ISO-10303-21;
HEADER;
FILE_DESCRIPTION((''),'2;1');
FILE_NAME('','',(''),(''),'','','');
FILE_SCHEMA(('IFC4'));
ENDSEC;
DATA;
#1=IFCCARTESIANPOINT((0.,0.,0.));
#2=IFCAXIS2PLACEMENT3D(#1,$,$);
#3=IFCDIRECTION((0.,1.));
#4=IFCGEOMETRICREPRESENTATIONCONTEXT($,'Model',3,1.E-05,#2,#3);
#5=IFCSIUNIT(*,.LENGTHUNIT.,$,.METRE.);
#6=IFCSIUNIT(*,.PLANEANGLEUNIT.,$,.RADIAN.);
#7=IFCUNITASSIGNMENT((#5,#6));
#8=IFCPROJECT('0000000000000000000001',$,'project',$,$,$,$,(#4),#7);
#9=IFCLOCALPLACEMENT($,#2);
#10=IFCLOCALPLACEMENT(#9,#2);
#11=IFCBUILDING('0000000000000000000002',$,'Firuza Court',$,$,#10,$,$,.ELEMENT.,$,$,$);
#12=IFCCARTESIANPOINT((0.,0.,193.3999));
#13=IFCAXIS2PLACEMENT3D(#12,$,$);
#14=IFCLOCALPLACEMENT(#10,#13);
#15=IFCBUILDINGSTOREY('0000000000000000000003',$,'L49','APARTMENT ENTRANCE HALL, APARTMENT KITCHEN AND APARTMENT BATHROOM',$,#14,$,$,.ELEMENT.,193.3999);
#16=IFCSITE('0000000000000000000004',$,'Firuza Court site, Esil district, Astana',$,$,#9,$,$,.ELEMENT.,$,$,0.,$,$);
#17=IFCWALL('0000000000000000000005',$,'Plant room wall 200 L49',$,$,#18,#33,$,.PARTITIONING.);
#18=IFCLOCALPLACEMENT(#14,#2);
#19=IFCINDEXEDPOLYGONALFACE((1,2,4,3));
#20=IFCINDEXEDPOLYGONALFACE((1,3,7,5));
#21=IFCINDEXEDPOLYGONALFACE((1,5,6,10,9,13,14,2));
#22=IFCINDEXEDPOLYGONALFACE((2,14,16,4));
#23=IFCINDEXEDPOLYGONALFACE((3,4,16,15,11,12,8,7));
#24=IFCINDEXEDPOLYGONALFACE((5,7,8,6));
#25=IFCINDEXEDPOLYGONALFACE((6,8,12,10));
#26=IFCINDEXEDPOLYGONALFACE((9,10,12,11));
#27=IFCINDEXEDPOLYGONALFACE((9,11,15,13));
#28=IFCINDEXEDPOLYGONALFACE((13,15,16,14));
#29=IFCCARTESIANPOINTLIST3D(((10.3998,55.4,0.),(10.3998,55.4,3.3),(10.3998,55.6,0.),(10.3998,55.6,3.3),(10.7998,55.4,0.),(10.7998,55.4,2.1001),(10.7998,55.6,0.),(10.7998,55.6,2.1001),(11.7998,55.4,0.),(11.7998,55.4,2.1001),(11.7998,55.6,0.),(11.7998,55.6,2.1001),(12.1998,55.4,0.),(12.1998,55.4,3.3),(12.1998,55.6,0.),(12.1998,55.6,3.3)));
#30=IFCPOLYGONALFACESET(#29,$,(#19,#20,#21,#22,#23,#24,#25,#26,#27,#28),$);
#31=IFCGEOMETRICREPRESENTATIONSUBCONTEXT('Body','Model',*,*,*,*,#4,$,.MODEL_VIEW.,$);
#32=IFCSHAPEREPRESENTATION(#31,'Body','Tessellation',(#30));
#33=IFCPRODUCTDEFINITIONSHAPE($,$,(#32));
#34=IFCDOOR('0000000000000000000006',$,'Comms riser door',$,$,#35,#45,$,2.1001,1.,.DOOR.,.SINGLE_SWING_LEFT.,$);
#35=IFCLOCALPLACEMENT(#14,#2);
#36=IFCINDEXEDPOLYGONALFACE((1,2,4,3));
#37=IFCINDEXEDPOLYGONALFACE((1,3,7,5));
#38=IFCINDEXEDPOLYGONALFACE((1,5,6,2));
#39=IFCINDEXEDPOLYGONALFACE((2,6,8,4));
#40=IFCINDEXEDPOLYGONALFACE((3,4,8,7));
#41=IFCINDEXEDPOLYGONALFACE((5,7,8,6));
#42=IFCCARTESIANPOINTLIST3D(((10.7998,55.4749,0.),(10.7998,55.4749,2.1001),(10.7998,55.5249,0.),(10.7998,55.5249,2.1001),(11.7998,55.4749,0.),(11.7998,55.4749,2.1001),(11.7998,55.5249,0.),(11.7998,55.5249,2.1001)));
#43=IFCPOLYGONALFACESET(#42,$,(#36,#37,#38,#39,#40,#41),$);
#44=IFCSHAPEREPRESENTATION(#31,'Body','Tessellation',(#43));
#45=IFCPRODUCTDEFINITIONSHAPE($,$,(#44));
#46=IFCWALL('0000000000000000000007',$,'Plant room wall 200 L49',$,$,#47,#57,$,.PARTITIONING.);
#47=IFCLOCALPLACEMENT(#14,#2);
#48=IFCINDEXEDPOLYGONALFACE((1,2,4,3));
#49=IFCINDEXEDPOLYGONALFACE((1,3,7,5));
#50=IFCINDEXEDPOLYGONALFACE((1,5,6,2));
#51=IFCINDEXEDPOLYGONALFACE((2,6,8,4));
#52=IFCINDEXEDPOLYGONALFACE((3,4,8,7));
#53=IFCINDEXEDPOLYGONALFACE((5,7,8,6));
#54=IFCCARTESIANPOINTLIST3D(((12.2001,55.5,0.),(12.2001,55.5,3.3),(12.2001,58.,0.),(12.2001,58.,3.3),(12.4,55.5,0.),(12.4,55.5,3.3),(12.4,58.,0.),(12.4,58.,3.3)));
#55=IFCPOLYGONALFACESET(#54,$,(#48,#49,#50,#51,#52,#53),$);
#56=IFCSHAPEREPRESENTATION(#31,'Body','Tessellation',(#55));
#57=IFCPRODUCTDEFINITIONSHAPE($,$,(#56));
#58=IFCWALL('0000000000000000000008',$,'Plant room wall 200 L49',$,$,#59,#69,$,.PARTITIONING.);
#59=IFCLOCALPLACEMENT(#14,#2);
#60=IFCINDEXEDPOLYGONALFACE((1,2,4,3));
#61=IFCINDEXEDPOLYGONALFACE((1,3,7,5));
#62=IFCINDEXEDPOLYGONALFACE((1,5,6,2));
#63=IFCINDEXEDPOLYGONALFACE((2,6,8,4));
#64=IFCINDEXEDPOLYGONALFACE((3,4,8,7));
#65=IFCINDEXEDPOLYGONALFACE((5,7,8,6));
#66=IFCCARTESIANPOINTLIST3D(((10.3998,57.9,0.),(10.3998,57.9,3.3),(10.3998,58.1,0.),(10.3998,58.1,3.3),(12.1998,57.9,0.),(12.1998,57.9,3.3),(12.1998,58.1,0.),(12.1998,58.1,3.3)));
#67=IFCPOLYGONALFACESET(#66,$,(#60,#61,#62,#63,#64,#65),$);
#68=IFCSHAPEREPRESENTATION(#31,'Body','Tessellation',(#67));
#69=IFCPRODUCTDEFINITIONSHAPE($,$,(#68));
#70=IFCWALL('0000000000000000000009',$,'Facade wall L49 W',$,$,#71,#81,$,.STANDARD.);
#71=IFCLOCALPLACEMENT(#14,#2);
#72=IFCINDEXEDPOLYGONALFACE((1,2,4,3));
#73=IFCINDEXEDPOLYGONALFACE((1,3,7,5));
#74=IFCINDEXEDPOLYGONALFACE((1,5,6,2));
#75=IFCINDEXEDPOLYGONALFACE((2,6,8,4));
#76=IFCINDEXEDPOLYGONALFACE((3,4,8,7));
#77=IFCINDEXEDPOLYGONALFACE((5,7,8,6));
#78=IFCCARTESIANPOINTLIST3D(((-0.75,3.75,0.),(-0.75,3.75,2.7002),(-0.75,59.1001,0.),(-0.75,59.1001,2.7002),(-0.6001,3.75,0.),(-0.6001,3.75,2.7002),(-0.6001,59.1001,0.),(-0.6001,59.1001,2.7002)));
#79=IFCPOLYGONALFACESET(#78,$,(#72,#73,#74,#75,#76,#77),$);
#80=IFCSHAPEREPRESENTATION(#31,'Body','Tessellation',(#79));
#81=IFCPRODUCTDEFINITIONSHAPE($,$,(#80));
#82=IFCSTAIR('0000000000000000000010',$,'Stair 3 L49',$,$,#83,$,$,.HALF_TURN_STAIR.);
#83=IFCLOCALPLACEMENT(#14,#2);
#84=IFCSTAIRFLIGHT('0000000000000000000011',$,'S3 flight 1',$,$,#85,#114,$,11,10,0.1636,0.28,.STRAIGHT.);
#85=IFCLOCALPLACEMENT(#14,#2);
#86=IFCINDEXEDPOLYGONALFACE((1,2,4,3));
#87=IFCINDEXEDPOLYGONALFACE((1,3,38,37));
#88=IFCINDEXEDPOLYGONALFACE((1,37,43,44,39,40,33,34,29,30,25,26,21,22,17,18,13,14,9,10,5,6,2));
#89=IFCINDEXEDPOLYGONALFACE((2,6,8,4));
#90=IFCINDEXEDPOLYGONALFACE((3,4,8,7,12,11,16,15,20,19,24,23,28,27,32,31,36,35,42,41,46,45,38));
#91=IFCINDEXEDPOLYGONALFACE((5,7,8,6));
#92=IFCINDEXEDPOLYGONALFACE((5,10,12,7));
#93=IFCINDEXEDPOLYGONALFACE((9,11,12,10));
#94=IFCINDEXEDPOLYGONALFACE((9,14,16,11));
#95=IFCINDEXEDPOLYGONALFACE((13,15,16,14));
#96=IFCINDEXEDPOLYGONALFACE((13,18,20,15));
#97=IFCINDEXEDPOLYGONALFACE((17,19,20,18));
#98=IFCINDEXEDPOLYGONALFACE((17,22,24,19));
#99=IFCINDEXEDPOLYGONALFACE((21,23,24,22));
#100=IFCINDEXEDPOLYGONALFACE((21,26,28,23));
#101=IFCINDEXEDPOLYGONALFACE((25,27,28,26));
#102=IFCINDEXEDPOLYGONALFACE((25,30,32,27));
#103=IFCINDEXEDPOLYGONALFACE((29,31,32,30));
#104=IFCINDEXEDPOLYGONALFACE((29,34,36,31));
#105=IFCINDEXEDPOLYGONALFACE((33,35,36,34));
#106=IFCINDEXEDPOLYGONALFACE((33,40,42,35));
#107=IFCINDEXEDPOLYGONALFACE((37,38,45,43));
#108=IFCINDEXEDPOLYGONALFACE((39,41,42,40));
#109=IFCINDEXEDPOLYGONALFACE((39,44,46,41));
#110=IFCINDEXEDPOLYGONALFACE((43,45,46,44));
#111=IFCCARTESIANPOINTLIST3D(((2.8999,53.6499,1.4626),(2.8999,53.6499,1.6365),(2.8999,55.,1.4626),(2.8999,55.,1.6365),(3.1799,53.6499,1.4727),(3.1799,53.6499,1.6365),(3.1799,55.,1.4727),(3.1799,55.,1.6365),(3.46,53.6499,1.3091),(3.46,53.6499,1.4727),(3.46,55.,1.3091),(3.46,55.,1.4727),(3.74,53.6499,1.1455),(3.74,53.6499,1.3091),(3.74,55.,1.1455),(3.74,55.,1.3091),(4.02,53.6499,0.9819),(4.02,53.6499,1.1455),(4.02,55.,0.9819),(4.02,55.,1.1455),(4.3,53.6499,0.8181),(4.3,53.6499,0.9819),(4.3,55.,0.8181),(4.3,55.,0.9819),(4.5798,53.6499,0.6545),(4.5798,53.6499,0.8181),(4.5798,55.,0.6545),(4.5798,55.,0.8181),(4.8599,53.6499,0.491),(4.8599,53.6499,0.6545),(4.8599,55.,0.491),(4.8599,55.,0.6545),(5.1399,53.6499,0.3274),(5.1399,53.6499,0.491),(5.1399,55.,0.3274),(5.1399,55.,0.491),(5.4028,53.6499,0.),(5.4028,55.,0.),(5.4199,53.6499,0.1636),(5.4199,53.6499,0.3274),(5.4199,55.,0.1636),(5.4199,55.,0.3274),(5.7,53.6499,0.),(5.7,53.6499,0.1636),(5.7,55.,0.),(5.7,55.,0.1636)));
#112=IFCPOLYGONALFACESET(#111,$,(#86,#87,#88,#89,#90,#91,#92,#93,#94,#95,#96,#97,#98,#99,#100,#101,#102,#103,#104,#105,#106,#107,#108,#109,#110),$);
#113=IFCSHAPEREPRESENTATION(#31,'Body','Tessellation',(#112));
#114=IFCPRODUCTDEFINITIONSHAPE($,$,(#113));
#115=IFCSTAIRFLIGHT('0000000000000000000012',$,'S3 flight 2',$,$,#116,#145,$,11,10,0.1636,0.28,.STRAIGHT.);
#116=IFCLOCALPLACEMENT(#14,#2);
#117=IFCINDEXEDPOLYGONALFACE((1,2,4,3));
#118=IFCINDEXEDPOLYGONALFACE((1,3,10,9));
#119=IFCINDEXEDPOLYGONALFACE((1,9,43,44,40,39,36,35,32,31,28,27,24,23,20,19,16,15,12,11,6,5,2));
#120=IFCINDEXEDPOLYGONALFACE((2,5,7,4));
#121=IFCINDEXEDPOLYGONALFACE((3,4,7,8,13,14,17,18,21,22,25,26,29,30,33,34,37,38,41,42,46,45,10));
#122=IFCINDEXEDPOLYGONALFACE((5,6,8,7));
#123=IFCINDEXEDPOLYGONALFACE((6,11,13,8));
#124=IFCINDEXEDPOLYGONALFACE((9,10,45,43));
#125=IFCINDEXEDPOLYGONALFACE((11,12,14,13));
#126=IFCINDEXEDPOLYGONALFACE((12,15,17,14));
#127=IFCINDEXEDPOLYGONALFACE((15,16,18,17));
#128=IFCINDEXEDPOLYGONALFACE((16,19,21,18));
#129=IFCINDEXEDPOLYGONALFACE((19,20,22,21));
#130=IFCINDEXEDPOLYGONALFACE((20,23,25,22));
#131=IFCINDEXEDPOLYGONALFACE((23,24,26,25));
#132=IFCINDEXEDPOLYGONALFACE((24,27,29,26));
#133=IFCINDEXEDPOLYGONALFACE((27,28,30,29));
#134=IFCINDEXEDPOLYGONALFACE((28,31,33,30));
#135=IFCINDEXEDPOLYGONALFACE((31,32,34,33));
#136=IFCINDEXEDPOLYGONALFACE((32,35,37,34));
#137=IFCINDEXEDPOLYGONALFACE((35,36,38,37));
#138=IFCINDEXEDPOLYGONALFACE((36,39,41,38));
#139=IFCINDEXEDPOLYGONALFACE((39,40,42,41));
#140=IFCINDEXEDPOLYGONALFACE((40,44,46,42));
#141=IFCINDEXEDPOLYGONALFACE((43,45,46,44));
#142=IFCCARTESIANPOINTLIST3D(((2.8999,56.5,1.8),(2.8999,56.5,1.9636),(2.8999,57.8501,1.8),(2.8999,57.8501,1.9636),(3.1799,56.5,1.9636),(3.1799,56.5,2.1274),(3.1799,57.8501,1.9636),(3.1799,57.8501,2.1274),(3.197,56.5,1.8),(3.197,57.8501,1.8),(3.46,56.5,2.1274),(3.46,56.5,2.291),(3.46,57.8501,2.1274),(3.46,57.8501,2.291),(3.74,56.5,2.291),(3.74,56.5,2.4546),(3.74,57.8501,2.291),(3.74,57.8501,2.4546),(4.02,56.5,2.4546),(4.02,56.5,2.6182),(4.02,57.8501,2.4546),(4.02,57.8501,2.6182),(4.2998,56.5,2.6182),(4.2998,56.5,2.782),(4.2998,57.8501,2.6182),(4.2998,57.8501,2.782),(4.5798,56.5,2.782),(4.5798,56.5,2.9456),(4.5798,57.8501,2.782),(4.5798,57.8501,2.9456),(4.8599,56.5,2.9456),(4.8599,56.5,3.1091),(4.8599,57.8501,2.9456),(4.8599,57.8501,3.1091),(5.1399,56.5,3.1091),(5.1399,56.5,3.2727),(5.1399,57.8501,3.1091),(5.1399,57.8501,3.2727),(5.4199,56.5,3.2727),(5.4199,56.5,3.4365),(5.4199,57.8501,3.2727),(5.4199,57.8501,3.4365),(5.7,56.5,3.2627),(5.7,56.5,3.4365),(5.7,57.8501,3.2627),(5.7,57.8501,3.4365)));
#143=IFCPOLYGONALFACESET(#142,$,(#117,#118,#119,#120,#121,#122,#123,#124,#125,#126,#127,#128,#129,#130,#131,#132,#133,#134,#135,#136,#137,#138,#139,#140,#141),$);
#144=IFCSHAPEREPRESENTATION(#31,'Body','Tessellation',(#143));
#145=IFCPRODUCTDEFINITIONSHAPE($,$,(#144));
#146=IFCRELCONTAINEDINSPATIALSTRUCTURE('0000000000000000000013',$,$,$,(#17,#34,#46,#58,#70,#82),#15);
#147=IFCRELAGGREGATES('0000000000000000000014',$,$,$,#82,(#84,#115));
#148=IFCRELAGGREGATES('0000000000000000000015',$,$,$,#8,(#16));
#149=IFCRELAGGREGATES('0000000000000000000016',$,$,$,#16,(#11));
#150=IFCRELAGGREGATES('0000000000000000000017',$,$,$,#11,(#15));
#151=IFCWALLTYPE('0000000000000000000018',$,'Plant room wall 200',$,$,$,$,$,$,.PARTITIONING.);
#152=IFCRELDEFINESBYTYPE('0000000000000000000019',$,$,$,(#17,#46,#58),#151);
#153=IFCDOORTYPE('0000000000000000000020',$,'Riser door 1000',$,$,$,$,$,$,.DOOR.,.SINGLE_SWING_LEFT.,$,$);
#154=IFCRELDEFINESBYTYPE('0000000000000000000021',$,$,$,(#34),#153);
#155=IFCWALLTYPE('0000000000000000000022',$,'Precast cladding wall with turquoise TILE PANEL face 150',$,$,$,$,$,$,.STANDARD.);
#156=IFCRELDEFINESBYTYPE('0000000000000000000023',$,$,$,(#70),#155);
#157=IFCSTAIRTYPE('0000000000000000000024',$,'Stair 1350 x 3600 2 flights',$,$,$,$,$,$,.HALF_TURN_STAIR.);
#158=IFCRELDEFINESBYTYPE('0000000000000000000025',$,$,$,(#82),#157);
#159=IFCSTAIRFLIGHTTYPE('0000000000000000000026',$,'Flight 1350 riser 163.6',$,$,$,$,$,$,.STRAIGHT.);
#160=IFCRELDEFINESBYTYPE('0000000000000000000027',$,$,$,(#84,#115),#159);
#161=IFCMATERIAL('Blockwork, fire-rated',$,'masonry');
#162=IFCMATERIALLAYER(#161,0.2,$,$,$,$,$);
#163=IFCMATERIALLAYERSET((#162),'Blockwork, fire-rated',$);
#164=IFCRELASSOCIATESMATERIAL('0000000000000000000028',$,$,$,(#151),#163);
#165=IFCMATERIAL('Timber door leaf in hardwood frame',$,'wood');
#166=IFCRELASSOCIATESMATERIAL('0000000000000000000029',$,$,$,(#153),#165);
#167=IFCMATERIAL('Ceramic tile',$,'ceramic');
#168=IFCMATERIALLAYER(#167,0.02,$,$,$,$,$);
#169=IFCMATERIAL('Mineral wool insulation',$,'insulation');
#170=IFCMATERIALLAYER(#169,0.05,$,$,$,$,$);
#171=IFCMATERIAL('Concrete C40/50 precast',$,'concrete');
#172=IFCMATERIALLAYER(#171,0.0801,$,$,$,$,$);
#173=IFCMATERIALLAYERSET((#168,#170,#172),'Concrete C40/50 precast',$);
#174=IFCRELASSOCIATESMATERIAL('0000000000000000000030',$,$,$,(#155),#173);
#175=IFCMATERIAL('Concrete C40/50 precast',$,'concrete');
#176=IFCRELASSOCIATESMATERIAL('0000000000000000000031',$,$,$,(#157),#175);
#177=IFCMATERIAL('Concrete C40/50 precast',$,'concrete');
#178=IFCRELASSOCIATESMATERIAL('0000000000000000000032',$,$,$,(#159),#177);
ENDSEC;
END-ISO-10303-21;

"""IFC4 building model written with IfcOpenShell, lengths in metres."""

from ifc_helpers import new_model, si_unit, direction, frame, frame_2d, origin, place, context, subcontext, project, spatial, polyline, rectangle, outline, extrude, material, layer, layer_set, type_object, element, fill, aggregate, save


model = new_model("IFC4")

# Units and contexts
model_context = context("Model", 3, precision=1e-05, world=origin(), true_north=direction((0.0, 1.0)))
body_context = subcontext(model_context, "Body", "Model", "MODEL_VIEW")
ifc_project = project(units=[si_unit("LENGTHUNIT", "METRE"), si_unit("PLANEANGLEUNIT", "RADIAN")], contexts=[model_context])

# Site, building, storey
site_placement = place(None, origin())
site = spatial("IfcSite", under=ifc_project, at=site_placement, Name="Firuza Court site, Esil district, Astana", CompositionType="ELEMENT", RefElevation=0.0)
building_placement = place(site_placement, origin())
building = spatial("IfcBuilding", under=site, at=building_placement, Name="Firuza Court", CompositionType="ELEMENT")
storey_placement = place(building_placement, frame((0.0, 0.0, 193.3999)))
storey = spatial("IfcBuildingStorey", under=building, at=storey_placement, Name="L49", Description="APARTMENT ENTRANCE HALL, APARTMENT KITCHEN AND APARTMENT BATHROOM", CompositionType="ELEMENT", Elevation=193.3999)

# Shared definitions
ifc_material_1 = material(Name="Blockwork, fire-rated", Category="masonry")
ifc_layer_1 = layer(ifc_material_1, 0.2)
ifc_layer_set_1 = layer_set([ifc_layer_1], Name="Blockwork, fire-rated")
wall_type_1 = type_object("IfcWallType", Name="Plant room wall 200", PredefinedType="PARTITIONING", material=ifc_layer_set_1)

# Wall, opening, door
wall_1_placement = place(storey_placement, frame((10.3999, 55.5, 0.0), z_axis=(0.0, 0.0, 1.0), x_axis=(1.0, 0.0, 0.0)))
wall_1 = element("IfcWall", 1, at=wall_1_placement, inside=storey, type_object=wall_type_1, Name="Plant room wall 200 L49", PredefinedType="PARTITIONING", context=body_context, shape_type="SweptSolid", body=[
    extrude(rectangle(XDim=1.8, YDim=0.2, at=frame_2d((0.8999, 0.0))), origin(), (0.0, 0.0, 1.0), 3.3),
])
opening_placement = place(wall_1_placement, frame((0.3999, 0.0, 0.0)))
opening = element("IfcOpeningElement", 2, at=opening_placement, cuts=wall_1, PredefinedType="OPENING", context=body_context, shape_type="SweptSolid", body=[
    extrude(rectangle(XDim=1.0, YDim=2.1001, at=frame_2d((0.5, 1.05))), frame((0.0, 0.1118, 0.0), z_axis=(0.0, -1.0, 0.0), x_axis=(1.0, 0.0, 0.0)), (0.0, 0.0, 1.0), 0.2239),
])
ifc_material_2 = material(Name="Timber door leaf in hardwood frame", Category="wood")
door_type = type_object("IfcDoorType", Name="Riser door 1000", OperationType="SINGLE_SWING_LEFT", PredefinedType="DOOR", material=ifc_material_2)
door_placement = place(opening_placement, origin())
door = element("IfcDoor", 3, at=door_placement, inside=storey, type_object=door_type, Name="Comms riser door", OperationType="SINGLE_SWING_LEFT", OverallHeight=2.1001, OverallWidth=1.0, PredefinedType="DOOR", context=body_context, shape_type="SweptSolid", body=[
    extrude(rectangle(XDim=1.0, YDim=2.1001, at=frame_2d((0.5, 1.05))), frame((0.0, 0.0249, 0.0), z_axis=(0.0, -1.0, 0.0), x_axis=(1.0, 0.0, 0.0)), (0.0, 0.0, 1.0), 0.05),
])
fill(opening, door)

# Walls
wall_2_placement = place(storey_placement, frame((12.3, 55.5, 0.0), z_axis=(0.0, 0.0, 1.0), x_axis=(0.0, 1.0, 0.0)))
element("IfcWall", 4, at=wall_2_placement, inside=storey, type_object=wall_type_1, Name="Plant room wall 200 L49", PredefinedType="PARTITIONING", context=body_context, shape_type="SweptSolid", body=[
    extrude(rectangle(XDim=2.5, YDim=0.2, at=frame_2d((1.25, 0.0))), origin(), (0.0, 0.0, 1.0), 3.3),
])
wall_3_placement = place(storey_placement, frame((10.3999, 58.0, 0.0), z_axis=(0.0, 0.0, 1.0), x_axis=(1.0, 0.0, 0.0)))
element("IfcWall", 5, at=wall_3_placement, inside=storey, type_object=wall_type_1, Name="Plant room wall 200 L49", PredefinedType="PARTITIONING", context=body_context, shape_type="SweptSolid", body=[
    extrude(rectangle(XDim=1.8, YDim=0.2, at=frame_2d((0.8999, 0.0))), origin(), (0.0, 0.0, 1.0), 3.3),
])
ifc_material_3 = material(Name="Ceramic tile", Category="ceramic")
ifc_layer_2 = layer(ifc_material_3, 0.02)
ifc_material_4 = material(Name="Mineral wool insulation", Category="insulation")
ifc_layer_3 = layer(ifc_material_4, 0.05)
ifc_material_5 = material(Name="Concrete C40/50 precast", Category="concrete")
ifc_layer_4 = layer(ifc_material_5, 0.0801)
ifc_layer_set_2 = layer_set([ifc_layer_2, ifc_layer_3, ifc_layer_4], Name="Concrete C40/50 precast")
wall_type_2 = type_object("IfcWallType", Name="Precast cladding wall with turquoise TILE PANEL face 150", PredefinedType="STANDARD", material=ifc_layer_set_2)
wall_4_placement = place(storey_placement, frame((-0.675, 59.1001, 0.0), z_axis=(0.0, 0.0, 1.0), x_axis=(0.0, -1.0, 0.0)))
element("IfcWall", 6, at=wall_4_placement, inside=storey, type_object=wall_type_2, Name="Facade wall L49 W", PredefinedType="STANDARD", context=body_context, shape_type="SweptSolid", body=[
    extrude(rectangle(XDim=55.3501, YDim=0.1499, at=frame_2d((27.675, 0.0))), origin(), (0.0, 0.0, 1.0), 2.7002),
])

# Stair, stair flights
ifc_material_6 = material(Name="Concrete C40/50 precast", Category="concrete")
stair_type = type_object("IfcStairType", Name="Stair 1350 x 3600 2 flights", PredefinedType="HALF_TURN_STAIR", material=ifc_material_6)
stair_placement = place(storey_placement, origin())
stair = element("IfcStair", 7, at=stair_placement, inside=storey, type_object=stair_type, Name="Stair 3 L49", PredefinedType="HALF_TURN_STAIR")
ifc_material_7 = material(Name="Concrete C40/50 precast", Category="concrete")
stair_flight_type = type_object("IfcStairFlightType", Name="Flight 1350 riser 163.6", PredefinedType="STRAIGHT", material=ifc_material_7)
stair_flight_1_placement = place(storey_placement, frame((5.7, 54.325, 0.0), z_axis=(0.0, 0.0, 1.0), x_axis=(-1.0, 0.0, 0.0)))
stair_flight_1 = element("IfcStairFlight", 8, at=stair_flight_1_placement, type_object=stair_flight_type, Name="S3 flight 1", NumberOfRisers=11, NumberOfTreads=10, PredefinedType="STRAIGHT", RiserHeight=0.1636, TreadLength=0.28, context=body_context, shape_type="SweptSolid", body=[
    extrude(outline(polyline([(0.0, 0.0), (0.0, 0.1636), (0.28, 0.1636), (0.28, 0.3274), (0.5601, 0.3274), (0.5601, 0.491), (0.8401, 0.491), (0.8401, 0.6545), (1.1201, 0.6545), (1.1201, 0.8181), (1.3999, 0.8181), (1.3999, 0.9819), (1.6799, 0.9819), (1.6799, 1.1455), (1.96, 1.1455), (1.96, 1.3091), (2.24, 1.3091), (2.24, 1.4727), (2.52, 1.4727), (2.52, 1.6365), (2.8, 1.6365), (2.8, 1.8), (2.8, 1.4626), (0.2971, 0.0), (0.0, 0.0)])), frame((0.0, 0.675, 0.0), z_axis=(0.0, -1.0, 0.0), x_axis=(1.0, 0.0, 0.0)), (0.0, 0.0, 1.0), 1.3501),
])
stair_flight_2_placement = place(storey_placement, frame((2.8999, 57.175, 1.8), z_axis=(0.0, 0.0, 1.0), x_axis=(1.0, 0.0, 0.0)))
stair_flight_2 = element("IfcStairFlight", 9, at=stair_flight_2_placement, type_object=stair_flight_type, Name="S3 flight 2", NumberOfRisers=11, NumberOfTreads=10, PredefinedType="STRAIGHT", RiserHeight=0.1636, TreadLength=0.28, context=body_context, shape_type="SweptSolid", body=[
    extrude(outline(polyline([(0.0, 0.0), (0.0, 0.1636), (0.28, 0.1636), (0.28, 0.3274), (0.5601, 0.3274), (0.5601, 0.491), (0.8401, 0.491), (0.8401, 0.6545), (1.1201, 0.6545), (1.1201, 0.8181), (1.3999, 0.8181), (1.3999, 0.9819), (1.6799, 0.9819), (1.6799, 1.1455), (1.96, 1.1455), (1.96, 1.3091), (2.24, 1.3091), (2.24, 1.4727), (2.52, 1.4727), (2.52, 1.6365), (2.8, 1.6365), (2.8, 1.8), (2.8, 1.4626), (0.2971, 0.0), (0.0, 0.0)])), frame((0.0, 0.675, 0.0), z_axis=(0.0, -1.0, 0.0), x_axis=(1.0, 0.0, 0.0)), (0.0, 0.0, 1.0), 1.3501),
])
aggregate(stair, [stair_flight_1, stair_flight_2])

save(model, "model.ifc")
